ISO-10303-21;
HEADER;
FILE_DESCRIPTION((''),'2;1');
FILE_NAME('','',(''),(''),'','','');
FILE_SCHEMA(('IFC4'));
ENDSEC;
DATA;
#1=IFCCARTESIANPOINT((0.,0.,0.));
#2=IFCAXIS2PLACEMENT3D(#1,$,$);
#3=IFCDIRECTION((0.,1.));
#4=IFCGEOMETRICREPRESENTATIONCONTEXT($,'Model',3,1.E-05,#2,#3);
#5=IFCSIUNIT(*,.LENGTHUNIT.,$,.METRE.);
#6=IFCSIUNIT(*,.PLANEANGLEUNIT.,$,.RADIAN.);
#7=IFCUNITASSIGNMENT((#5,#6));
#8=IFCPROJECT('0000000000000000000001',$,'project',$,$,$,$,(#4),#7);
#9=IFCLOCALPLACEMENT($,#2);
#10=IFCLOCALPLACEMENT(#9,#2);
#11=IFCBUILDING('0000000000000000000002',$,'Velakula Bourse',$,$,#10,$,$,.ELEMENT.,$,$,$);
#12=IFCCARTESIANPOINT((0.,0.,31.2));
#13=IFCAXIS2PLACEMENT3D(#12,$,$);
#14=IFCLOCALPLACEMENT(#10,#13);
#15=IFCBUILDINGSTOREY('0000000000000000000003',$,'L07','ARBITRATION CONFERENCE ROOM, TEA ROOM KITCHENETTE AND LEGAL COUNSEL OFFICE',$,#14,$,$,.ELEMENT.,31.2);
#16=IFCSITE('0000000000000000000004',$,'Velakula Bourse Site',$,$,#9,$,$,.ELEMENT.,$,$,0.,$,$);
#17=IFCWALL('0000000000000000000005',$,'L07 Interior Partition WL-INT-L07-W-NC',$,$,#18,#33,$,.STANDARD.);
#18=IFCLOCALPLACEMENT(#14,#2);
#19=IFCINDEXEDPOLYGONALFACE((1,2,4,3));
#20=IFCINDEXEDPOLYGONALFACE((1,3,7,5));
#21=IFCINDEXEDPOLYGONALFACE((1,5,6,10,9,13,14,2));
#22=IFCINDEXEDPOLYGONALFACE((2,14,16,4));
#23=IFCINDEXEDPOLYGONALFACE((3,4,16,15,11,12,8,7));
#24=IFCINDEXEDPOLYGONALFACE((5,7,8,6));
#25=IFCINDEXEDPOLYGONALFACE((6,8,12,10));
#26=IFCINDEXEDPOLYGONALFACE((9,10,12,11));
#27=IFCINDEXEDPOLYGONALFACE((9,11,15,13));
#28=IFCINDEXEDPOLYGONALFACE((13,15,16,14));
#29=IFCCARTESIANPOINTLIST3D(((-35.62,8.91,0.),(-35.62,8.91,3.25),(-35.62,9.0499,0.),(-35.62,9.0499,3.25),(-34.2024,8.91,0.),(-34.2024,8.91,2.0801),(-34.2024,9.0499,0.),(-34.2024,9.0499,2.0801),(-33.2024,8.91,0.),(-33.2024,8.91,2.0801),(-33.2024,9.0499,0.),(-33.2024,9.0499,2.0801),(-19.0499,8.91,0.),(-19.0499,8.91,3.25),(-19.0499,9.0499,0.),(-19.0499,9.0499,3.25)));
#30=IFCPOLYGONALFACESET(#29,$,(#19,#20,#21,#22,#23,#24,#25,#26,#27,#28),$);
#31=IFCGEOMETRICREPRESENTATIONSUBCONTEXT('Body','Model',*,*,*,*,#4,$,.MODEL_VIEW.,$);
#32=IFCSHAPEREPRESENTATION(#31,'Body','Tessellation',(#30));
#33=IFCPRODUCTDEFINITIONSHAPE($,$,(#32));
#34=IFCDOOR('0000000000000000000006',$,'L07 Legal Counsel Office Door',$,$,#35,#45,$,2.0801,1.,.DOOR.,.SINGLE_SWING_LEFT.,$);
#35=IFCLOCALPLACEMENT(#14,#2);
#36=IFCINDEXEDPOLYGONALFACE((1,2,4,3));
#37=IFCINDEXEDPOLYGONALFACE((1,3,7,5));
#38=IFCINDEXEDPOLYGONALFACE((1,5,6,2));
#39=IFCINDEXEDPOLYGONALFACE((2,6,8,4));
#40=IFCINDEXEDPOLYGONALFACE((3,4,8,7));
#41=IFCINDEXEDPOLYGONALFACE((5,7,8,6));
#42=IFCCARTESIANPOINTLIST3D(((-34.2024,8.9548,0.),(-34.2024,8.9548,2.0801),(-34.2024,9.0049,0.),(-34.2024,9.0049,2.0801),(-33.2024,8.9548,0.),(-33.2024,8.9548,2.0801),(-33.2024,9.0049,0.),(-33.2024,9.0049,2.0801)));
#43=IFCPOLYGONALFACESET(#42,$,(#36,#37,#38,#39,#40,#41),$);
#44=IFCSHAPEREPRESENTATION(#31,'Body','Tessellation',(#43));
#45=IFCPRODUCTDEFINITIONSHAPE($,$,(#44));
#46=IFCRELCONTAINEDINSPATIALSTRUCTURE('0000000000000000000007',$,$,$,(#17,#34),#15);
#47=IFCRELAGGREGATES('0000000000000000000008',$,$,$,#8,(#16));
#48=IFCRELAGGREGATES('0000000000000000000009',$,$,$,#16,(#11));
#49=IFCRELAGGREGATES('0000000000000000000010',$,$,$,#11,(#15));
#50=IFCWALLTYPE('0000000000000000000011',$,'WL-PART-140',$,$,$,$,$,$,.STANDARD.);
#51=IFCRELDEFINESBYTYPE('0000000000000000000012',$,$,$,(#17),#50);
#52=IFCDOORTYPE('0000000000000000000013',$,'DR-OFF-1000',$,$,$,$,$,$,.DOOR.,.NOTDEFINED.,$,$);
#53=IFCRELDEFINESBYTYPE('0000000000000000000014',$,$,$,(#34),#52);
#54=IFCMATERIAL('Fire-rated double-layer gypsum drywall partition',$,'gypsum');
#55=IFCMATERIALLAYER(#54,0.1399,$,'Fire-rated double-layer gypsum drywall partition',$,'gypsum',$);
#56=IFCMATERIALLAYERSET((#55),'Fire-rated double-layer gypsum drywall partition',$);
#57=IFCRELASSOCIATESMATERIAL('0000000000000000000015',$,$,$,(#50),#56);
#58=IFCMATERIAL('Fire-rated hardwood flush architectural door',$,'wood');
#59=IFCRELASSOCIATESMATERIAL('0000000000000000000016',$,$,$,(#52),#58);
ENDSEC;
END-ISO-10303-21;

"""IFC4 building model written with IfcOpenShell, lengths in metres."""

from ifc_helpers import new_model, si_unit, direction, frame, frame_2d, origin, place, context, subcontext, project, spatial, rectangle, extrude, material, layer, layer_set, type_object, element, fill, save


model = new_model("IFC4")

# Units and contexts
model_context = context("Model", 3, precision=1e-05, world=origin(), true_north=direction((0.0, 1.0)))
body_context = subcontext(model_context, "Body", "Model", "MODEL_VIEW")
ifc_project = project(units=[si_unit("LENGTHUNIT", "METRE"), si_unit("PLANEANGLEUNIT", "RADIAN")], contexts=[model_context])

# Site, building, storey
site_placement = place(None, origin())
site = spatial("IfcSite", under=ifc_project, at=site_placement, Name="Velakula Bourse Site", CompositionType="ELEMENT", RefElevation=0.0)
building_placement = place(site_placement, origin())
building = spatial("IfcBuilding", under=site, at=building_placement, Name="Velakula Bourse", CompositionType="ELEMENT")
storey_placement = place(building_placement, frame((0.0, 0.0, 31.2)))
storey = spatial("IfcBuildingStorey", under=building, at=storey_placement, Name="L07", Description="ARBITRATION CONFERENCE ROOM, TEA ROOM KITCHENETTE AND LEGAL COUNSEL OFFICE", CompositionType="ELEMENT", Elevation=31.2)

# Shared definitions
ifc_material_1 = material(Name="Fire-rated double-layer gypsum drywall partition", Category="gypsum")
ifc_layer_1 = layer(ifc_material_1, 0.1399, Name="Fire-rated double-layer gypsum drywall partition", Category="gypsum")
ifc_layer_set_1 = layer_set([ifc_layer_1], Name="Fire-rated double-layer gypsum drywall partition")
wall_type_1 = type_object("IfcWallType", Name="WL-PART-140", PredefinedType="STANDARD", material=ifc_layer_set_1)
ifc_material_2 = material(Name="Fire-rated hardwood flush architectural door", Category="wood")
door_type = type_object("IfcDoorType", Name="DR-OFF-1000", OperationType="NOTDEFINED", PredefinedType="DOOR", material=ifc_material_2)

# Wall, opening, door
wall_1_placement = place(storey_placement, frame((-35.6201, 8.98, 0.0), z_axis=(0.0, 0.0, 1.0), x_axis=(1.0, 0.0, 0.0)))
wall_1 = element("IfcWall", 1, at=wall_1_placement, inside=storey, type_object=wall_type_1, Name="L07 Interior Partition WL-INT-L07-W-NC", PredefinedType="STANDARD", context=body_context, shape_type="SweptSolid", body=[
    extrude(rectangle(XDim=16.5701, YDim=0.1399, at=frame_2d((8.2852, 0.0))), origin(), (0.0, 0.0, 1.0), 3.25),
])
opening_1_placement = place(wall_1_placement, frame((1.4177, 0.0, 0.0)))
opening_1 = element("IfcOpeningElement", 2, at=opening_1_placement, cuts=wall_1, PredefinedType="OPENING", context=body_context, shape_type="SweptSolid", body=[
    extrude(rectangle(XDim=1.0, YDim=2.0801, at=frame_2d((0.5, 1.04))), frame((0.0, 0.0798, 0.0), z_axis=(0.0, -1.0, 0.0), x_axis=(1.0, 0.0, 0.0)), (0.0, 0.0, 1.0), 0.1599),
])
door_1_placement = place(opening_1_placement, origin())
door_1 = element("IfcDoor", 3, at=door_1_placement, inside=storey, type_object=door_type, Name="L07 Legal Counsel Office Door", OperationType="SINGLE_SWING_LEFT", OverallHeight=2.0801, OverallWidth=1.0, PredefinedType="DOOR", context=body_context, shape_type="SweptSolid", body=[
    extrude(rectangle(XDim=1.0, YDim=2.0801, at=frame_2d((0.5, 1.04))), frame((0.0, 0.0249, 0.0), z_axis=(0.0, -1.0, 0.0), x_axis=(1.0, 0.0, 0.0)), (0.0, 0.0, 1.0), 0.05),
])
fill(opening_1, door_1)

save(model, "model.ifc")
